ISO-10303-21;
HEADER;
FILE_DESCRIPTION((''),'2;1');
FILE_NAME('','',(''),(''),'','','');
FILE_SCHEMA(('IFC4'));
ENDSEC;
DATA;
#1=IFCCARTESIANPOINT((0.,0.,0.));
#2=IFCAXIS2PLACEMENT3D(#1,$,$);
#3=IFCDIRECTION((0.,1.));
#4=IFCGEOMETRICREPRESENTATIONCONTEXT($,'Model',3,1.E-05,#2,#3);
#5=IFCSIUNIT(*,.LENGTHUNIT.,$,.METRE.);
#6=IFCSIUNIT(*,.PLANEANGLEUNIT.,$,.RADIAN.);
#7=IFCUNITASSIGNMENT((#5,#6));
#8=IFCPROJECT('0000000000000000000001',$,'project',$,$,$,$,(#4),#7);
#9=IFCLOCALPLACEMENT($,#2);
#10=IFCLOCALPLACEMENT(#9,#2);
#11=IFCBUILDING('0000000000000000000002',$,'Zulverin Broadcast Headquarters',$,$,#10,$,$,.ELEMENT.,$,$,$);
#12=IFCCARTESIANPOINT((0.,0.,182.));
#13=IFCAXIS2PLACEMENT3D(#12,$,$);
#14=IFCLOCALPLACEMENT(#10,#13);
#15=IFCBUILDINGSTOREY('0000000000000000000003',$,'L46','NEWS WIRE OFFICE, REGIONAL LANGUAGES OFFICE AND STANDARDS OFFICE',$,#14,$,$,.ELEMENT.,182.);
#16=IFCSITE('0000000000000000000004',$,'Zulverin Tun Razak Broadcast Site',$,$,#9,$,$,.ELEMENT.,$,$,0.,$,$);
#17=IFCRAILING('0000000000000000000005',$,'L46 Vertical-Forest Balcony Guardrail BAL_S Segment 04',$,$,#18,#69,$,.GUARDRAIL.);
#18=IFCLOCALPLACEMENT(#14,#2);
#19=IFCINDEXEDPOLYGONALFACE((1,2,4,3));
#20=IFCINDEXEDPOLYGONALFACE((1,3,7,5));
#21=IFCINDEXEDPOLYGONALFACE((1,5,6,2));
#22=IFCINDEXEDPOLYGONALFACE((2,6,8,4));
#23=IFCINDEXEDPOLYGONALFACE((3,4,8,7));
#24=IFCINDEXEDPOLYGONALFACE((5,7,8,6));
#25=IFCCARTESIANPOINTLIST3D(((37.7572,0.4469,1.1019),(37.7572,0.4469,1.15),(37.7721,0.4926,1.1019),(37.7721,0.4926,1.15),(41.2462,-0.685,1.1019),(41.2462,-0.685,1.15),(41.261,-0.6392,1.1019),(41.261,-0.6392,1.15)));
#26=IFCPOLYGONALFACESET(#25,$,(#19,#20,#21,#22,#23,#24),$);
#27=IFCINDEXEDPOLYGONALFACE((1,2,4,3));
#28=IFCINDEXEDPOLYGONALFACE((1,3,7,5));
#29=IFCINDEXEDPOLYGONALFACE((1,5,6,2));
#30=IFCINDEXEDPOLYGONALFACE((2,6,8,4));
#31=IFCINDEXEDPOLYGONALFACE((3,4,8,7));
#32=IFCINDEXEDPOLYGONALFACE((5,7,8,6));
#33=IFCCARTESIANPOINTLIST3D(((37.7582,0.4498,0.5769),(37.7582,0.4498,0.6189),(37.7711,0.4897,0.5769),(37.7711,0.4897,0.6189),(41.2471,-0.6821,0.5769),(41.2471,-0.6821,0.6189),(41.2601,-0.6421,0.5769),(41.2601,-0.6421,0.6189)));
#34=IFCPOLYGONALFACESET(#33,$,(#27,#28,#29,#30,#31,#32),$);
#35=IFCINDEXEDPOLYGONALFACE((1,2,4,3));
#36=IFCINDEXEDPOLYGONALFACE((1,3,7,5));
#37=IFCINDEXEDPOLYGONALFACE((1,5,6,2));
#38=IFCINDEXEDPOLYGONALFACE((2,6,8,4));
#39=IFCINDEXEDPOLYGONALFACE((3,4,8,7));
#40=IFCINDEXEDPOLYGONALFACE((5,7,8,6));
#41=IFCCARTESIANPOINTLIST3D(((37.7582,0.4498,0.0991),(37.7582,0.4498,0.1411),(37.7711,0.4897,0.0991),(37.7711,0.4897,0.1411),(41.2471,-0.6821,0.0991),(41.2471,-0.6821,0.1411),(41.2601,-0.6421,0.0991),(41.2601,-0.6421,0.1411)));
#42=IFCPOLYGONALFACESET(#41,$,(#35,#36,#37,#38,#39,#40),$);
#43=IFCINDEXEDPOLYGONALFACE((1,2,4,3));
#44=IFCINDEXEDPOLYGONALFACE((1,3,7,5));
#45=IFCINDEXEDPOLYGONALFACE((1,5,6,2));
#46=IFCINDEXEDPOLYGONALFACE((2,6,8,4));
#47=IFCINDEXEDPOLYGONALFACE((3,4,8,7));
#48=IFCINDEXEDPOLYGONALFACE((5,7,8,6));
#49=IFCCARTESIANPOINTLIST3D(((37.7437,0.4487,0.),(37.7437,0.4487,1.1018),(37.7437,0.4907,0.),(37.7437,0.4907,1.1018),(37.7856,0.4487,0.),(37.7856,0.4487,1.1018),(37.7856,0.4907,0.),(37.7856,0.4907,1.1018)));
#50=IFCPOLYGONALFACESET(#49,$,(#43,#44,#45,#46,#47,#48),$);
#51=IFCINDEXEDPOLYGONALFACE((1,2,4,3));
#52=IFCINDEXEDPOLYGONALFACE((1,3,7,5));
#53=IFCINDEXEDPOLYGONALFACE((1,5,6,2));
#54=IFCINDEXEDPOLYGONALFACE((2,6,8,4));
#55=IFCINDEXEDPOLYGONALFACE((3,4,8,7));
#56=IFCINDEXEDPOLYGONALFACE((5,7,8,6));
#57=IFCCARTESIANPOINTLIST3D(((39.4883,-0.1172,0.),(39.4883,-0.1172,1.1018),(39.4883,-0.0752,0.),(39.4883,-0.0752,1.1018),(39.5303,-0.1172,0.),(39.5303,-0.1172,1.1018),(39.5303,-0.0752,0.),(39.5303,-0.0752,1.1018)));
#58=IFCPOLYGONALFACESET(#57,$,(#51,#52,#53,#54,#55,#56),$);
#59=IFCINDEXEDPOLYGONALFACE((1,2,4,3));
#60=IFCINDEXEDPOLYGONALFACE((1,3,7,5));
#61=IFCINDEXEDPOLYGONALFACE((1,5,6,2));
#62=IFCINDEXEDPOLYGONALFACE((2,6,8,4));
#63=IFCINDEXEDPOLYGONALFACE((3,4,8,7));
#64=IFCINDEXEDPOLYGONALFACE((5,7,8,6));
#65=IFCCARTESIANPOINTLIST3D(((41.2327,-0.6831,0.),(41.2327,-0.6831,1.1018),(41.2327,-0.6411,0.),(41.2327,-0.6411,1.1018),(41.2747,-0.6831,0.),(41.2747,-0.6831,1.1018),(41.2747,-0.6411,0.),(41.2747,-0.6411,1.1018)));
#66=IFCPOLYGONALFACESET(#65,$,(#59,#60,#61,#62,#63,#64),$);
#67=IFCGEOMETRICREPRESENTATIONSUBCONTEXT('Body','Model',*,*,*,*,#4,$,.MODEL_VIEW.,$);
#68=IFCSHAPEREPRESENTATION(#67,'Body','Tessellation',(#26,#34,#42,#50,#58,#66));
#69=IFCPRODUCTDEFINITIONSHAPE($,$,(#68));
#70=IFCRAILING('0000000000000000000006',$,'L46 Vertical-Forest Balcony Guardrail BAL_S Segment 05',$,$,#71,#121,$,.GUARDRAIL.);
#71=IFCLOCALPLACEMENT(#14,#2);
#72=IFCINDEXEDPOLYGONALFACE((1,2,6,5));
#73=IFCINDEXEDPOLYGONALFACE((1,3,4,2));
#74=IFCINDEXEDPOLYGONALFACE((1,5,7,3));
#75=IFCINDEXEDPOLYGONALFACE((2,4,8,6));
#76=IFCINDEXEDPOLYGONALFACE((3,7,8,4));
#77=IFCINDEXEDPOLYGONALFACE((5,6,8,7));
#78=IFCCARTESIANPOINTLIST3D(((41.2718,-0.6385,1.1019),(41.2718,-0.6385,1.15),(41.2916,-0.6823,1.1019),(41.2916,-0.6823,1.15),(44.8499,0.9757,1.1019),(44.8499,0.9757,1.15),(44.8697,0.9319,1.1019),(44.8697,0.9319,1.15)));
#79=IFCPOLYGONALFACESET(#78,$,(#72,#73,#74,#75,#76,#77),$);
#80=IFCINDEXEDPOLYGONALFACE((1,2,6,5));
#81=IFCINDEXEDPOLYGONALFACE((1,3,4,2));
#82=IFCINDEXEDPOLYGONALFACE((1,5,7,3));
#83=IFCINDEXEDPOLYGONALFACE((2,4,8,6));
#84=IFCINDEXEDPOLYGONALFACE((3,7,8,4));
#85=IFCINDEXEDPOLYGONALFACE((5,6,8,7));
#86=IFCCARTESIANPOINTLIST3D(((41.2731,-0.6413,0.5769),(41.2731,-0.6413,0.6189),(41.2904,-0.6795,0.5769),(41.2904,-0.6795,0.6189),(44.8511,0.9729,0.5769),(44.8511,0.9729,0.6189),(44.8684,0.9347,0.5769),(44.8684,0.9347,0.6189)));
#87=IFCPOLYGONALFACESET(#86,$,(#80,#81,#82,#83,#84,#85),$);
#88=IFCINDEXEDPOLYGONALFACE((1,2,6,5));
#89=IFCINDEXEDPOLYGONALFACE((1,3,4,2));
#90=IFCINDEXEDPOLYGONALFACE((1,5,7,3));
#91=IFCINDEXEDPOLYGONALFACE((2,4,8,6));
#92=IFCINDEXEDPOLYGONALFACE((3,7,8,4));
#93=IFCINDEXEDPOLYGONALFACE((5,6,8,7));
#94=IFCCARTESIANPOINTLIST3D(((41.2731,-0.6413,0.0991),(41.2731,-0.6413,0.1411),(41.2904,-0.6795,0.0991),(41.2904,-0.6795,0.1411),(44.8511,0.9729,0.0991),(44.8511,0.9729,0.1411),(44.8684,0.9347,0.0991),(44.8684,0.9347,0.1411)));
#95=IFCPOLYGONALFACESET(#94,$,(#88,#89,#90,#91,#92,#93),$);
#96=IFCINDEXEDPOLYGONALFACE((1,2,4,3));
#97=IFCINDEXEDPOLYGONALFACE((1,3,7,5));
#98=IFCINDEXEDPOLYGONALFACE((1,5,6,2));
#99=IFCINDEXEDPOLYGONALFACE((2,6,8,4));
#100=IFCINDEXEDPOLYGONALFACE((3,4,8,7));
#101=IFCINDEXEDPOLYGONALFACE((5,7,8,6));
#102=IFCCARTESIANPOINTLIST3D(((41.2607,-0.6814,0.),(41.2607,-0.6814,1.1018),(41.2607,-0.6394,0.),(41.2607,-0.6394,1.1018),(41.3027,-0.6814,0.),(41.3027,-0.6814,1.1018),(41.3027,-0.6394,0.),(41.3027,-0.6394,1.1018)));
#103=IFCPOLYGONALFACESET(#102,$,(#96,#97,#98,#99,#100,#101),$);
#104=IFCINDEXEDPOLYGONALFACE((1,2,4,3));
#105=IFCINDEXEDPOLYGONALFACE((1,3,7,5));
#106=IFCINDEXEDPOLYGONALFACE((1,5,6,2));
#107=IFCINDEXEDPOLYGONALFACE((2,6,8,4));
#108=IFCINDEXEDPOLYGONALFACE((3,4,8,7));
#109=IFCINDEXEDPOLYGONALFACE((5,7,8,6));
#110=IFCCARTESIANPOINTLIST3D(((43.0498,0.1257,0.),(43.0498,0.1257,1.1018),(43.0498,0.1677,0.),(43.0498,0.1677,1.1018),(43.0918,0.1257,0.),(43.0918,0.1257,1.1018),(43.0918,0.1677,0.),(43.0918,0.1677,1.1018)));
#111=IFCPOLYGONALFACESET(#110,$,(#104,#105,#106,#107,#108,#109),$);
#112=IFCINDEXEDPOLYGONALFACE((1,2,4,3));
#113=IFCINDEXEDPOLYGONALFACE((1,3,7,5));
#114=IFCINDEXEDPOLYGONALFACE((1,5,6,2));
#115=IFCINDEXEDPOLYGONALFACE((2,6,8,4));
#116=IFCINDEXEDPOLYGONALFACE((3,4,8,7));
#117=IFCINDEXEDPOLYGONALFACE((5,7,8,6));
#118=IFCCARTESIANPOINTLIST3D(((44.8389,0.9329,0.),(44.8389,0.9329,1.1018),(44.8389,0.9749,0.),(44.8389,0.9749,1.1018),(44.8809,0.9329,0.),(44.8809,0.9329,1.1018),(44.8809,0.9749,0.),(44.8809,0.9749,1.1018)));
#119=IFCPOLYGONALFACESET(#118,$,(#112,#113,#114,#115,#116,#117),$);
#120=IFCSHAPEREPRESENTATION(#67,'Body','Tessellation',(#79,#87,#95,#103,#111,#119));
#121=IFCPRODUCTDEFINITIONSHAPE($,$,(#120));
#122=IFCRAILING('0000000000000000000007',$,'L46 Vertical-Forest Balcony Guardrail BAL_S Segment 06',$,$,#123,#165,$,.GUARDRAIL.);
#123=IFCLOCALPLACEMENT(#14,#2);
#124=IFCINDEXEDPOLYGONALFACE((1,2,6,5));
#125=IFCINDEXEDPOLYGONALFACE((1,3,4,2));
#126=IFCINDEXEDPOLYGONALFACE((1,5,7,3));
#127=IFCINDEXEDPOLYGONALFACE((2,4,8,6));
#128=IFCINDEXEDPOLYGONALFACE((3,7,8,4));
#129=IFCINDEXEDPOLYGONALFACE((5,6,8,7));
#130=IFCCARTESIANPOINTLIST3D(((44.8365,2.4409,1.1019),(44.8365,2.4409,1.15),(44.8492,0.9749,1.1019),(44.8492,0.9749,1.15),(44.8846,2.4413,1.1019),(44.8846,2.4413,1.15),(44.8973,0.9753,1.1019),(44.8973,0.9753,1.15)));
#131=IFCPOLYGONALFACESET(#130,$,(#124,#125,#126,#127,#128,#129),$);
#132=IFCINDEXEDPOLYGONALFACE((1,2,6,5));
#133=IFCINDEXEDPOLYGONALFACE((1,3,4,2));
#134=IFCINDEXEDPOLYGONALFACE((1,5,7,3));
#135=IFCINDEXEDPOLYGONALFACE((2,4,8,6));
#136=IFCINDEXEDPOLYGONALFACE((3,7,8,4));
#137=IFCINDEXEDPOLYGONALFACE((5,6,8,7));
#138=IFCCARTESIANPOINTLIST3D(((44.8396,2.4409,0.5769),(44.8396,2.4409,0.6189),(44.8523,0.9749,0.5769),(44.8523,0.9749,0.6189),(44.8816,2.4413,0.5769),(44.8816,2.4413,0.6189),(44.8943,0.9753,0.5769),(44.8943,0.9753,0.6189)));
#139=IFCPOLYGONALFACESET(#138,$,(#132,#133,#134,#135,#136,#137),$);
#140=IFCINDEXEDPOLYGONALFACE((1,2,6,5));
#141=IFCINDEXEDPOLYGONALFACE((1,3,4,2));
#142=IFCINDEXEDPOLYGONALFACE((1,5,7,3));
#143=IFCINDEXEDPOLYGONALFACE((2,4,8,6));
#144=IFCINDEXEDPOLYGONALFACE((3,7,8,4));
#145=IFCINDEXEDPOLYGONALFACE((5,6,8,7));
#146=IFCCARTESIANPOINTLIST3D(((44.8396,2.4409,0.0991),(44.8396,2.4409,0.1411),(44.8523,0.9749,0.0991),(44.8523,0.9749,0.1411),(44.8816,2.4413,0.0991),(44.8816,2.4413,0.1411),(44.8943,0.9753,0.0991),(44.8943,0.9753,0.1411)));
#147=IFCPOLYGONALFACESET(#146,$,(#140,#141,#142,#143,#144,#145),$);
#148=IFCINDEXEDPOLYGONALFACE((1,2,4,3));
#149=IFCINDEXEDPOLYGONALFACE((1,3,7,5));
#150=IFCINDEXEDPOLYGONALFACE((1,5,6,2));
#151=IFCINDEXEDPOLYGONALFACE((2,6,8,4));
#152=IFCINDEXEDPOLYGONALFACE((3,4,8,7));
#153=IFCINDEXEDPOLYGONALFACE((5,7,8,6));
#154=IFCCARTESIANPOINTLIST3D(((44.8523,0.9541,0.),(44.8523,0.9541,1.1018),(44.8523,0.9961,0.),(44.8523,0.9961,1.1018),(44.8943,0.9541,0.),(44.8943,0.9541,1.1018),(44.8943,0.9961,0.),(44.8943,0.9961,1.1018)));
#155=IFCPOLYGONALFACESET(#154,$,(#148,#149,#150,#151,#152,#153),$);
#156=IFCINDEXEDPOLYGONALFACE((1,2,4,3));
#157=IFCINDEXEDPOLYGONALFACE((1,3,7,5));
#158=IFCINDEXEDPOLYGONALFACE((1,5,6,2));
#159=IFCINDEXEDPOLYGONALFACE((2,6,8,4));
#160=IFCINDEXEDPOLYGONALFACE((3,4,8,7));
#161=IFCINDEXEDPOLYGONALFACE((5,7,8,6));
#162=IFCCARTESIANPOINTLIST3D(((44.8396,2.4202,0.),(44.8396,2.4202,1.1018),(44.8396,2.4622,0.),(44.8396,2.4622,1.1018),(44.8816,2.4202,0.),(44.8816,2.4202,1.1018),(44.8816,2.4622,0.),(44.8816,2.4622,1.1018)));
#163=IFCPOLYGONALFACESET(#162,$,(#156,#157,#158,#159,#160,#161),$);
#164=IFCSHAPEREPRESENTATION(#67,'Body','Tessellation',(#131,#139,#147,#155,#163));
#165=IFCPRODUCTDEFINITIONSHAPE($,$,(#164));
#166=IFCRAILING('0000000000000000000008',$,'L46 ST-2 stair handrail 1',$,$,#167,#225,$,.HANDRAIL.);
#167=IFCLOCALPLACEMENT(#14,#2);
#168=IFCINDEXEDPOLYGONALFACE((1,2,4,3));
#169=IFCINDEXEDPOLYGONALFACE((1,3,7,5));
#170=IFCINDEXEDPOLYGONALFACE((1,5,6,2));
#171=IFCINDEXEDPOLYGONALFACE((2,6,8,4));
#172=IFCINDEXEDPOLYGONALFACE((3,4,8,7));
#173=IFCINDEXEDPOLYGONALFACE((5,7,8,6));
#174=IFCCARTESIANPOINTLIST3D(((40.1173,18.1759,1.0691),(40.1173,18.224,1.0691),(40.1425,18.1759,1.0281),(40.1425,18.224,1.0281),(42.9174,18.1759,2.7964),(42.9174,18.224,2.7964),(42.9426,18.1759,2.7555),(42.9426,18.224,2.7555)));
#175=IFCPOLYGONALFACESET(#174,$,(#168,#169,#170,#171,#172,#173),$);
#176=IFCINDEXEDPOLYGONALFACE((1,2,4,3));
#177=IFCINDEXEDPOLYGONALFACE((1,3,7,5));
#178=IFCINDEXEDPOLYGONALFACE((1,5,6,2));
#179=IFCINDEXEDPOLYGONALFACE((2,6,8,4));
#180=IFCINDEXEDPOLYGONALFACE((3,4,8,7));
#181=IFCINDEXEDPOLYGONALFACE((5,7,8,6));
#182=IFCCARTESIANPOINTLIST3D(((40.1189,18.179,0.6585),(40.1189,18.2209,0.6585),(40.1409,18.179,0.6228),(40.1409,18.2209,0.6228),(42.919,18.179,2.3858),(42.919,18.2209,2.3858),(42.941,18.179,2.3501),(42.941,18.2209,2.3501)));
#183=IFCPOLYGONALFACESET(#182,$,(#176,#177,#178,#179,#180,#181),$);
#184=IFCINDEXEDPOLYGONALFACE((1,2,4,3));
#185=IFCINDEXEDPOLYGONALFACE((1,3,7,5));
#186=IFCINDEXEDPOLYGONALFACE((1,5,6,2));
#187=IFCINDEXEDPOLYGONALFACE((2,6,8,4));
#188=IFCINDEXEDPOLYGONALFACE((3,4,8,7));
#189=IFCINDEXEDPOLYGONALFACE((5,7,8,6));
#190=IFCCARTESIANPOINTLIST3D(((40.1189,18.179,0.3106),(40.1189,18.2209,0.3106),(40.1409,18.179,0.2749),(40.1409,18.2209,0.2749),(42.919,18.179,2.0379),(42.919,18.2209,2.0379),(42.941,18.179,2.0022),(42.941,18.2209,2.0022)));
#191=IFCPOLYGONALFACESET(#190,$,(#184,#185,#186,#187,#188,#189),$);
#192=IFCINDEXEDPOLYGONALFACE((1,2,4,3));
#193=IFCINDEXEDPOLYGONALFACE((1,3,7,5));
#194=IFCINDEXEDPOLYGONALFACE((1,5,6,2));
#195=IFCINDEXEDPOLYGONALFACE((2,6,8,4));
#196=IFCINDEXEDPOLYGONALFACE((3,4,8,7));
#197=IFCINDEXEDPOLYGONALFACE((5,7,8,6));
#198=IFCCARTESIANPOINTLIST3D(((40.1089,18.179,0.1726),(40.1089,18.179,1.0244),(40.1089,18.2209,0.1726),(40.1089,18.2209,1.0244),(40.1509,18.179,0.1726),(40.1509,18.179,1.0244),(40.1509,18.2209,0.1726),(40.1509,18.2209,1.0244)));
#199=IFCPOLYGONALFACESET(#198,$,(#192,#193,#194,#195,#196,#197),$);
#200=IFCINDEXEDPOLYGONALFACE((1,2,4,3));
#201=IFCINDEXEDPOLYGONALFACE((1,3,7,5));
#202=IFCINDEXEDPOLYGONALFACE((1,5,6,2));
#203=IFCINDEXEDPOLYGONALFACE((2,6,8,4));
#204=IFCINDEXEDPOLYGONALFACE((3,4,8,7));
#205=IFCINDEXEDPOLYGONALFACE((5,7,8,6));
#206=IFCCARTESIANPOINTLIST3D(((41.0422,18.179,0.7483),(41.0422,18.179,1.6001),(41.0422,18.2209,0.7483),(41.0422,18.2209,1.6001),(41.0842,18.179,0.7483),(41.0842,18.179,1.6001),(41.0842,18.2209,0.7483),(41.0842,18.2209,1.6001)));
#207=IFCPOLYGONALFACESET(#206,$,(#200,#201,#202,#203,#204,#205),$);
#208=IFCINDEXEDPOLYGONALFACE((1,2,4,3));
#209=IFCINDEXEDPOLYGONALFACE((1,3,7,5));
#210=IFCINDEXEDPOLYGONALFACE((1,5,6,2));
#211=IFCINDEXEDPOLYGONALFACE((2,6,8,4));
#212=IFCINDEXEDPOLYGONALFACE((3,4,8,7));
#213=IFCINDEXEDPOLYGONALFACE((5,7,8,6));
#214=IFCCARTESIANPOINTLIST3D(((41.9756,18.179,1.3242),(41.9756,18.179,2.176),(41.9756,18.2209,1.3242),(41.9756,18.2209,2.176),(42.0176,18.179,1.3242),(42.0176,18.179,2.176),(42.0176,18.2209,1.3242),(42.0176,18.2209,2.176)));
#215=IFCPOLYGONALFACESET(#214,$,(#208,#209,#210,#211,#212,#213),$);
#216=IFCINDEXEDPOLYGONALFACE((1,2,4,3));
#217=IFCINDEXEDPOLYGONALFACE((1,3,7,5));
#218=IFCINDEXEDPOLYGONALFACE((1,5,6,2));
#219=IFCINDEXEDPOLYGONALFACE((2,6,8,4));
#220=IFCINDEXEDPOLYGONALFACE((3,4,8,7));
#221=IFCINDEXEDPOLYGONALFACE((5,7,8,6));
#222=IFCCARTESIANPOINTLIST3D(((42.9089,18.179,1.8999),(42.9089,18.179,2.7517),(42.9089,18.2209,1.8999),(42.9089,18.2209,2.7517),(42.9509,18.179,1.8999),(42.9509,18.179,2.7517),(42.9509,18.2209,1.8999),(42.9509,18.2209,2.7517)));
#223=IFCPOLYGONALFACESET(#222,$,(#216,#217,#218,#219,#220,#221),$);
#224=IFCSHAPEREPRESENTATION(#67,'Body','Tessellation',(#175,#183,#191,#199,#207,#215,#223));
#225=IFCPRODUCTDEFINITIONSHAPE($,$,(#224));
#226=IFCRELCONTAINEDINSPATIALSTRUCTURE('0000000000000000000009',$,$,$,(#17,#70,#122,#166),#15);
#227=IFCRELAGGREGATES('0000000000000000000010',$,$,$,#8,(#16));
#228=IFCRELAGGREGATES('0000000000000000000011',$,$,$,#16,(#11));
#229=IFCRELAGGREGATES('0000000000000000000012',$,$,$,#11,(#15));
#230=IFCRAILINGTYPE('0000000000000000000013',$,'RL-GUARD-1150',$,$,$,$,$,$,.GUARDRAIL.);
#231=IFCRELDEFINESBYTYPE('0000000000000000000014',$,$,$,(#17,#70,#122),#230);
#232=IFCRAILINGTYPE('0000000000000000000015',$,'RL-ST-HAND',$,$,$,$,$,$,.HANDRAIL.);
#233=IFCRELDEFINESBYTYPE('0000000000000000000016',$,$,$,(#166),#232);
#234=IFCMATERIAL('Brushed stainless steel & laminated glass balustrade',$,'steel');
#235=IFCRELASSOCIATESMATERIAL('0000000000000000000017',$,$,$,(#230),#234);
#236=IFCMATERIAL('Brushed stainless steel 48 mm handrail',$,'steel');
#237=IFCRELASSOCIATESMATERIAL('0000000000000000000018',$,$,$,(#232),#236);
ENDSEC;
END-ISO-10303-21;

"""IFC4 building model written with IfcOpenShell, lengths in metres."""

from ifc_helpers import new_model, si_unit, direction, frame, origin, origin_2d, place, context, subcontext, project, spatial, rectangle, extrude, material, type_object, element, save


model = new_model("IFC4")

# Units and contexts
model_context = context("Model", 3, precision=1e-05, world=origin(), true_north=direction((0.0, 1.0)))
body_context = subcontext(model_context, "Body", "Model", "MODEL_VIEW")
ifc_project = project(units=[si_unit("LENGTHUNIT", "METRE"), si_unit("PLANEANGLEUNIT", "RADIAN")], contexts=[model_context])

# Site, building, storey
site_placement = place(None, origin())
site = spatial("IfcSite", under=ifc_project, at=site_placement, Name="Zulverin Tun Razak Broadcast Site", CompositionType="ELEMENT", RefElevation=0.0)
building_placement = place(site_placement, origin())
building = spatial("IfcBuilding", under=site, at=building_placement, Name="Zulverin Broadcast Headquarters", CompositionType="ELEMENT")
storey_placement = place(building_placement, frame((0.0, 0.0, 182.0)))
storey = spatial("IfcBuildingStorey", under=building, at=storey_placement, Name="L46", Description="NEWS WIRE OFFICE, REGIONAL LANGUAGES OFFICE AND STANDARDS OFFICE", CompositionType="ELEMENT", Elevation=182.0)

# Railings
ifc_material_1 = material(Name="Brushed stainless steel & laminated glass balustrade", Category="steel")
railing_type_1 = type_object("IfcRailingType", Name="RL-GUARD-1150", PredefinedType="GUARDRAIL", material=ifc_material_1)
railing_1_placement = place(storey_placement, frame((37.7646, 0.4697, 0.0)))
element("IfcRailing", 1, at=railing_1_placement, inside=storey, type_object=railing_type_1, Name="L46 Vertical-Forest Balcony Guardrail BAL_S Segment 04", PredefinedType="GUARDRAIL", context=body_context, shape_type="SweptSolid", body=[
    extrude(rectangle(XDim=0.0481, YDim=0.0481, at=origin_2d()), frame((0.0, 0.0, 1.126), z_axis=(0.951202, -0.30857, 0.0), x_axis=(0.30857, 0.951202, 0.0)), (0.0, 0.0, 1.0), 3.668),
    extrude(rectangle(XDim=0.042, YDim=0.042, at=origin_2d()), frame((0.0, 0.0, 0.5979), z_axis=(0.951202, -0.30857, 0.0), x_axis=(0.30857, 0.951202, 0.0)), (0.0, 0.0, 1.0), 3.668),
    extrude(rectangle(XDim=0.042, YDim=0.042, at=origin_2d()), frame((0.0, 0.0, 0.1201), z_axis=(0.951202, -0.30857, 0.0), x_axis=(0.30857, 0.951202, 0.0)), (0.0, 0.0, 1.0), 3.668),
    extrude(rectangle(XDim=0.042, YDim=0.042, at=origin_2d()), origin(), (0.0, 0.0, 1.0), 1.1018),
    extrude(rectangle(XDim=0.042, YDim=0.042, at=origin_2d()), frame((1.7446, -0.5659, 0.0)), (0.0, 0.0, 1.0), 1.1018),
    extrude(rectangle(XDim=0.042, YDim=0.042, at=origin_2d()), frame((3.489, -1.1318, 0.0)), (0.0, 0.0, 1.0), 1.1018),
])
railing_2_placement = place(storey_placement, frame((41.2817, -0.6604, 0.0)))
element("IfcRailing", 2, at=railing_2_placement, inside=storey, type_object=railing_type_1, Name="L46 Vertical-Forest Balcony Guardrail BAL_S Segment 05", PredefinedType="GUARDRAIL", context=body_context, shape_type="SweptSolid", body=[
    extrude(rectangle(XDim=0.0481, YDim=0.0481, at=origin_2d()), frame((0.0, 0.0, 1.126), z_axis=(0.91153, 0.411233, 0.0), x_axis=(-0.411233, 0.91153, 0.0)), (0.0, 0.0, 1.0), 3.9253),
    extrude(rectangle(XDim=0.042, YDim=0.042, at=origin_2d()), frame((0.0, 0.0, 0.5979), z_axis=(0.91153, 0.411233, 0.0), x_axis=(-0.411233, 0.91153, 0.0)), (0.0, 0.0, 1.0), 3.9253),
    extrude(rectangle(XDim=0.042, YDim=0.042, at=origin_2d()), frame((0.0, 0.0, 0.1201), z_axis=(0.91153, 0.411233, 0.0), x_axis=(-0.411233, 0.91153, 0.0)), (0.0, 0.0, 1.0), 3.9253),
    extrude(rectangle(XDim=0.042, YDim=0.042, at=origin_2d()), origin(), (0.0, 0.0, 1.0), 1.1018),
    extrude(rectangle(XDim=0.042, YDim=0.042, at=origin_2d()), frame((1.7891, 0.8071, 0.0)), (0.0, 0.0, 1.0), 1.1018),
    extrude(rectangle(XDim=0.042, YDim=0.042, at=origin_2d()), frame((3.5781, 1.6143, 0.0)), (0.0, 0.0, 1.0), 1.1018),
])
railing_3_placement = place(storey_placement, frame((44.8733, 0.9751, 0.0)))
element("IfcRailing", 3, at=railing_3_placement, inside=storey, type_object=railing_type_1, Name="L46 Vertical-Forest Balcony Guardrail BAL_S Segment 06", PredefinedType="GUARDRAIL", context=body_context, shape_type="SweptSolid", body=[
    extrude(rectangle(XDim=0.0481, YDim=0.0481, at=origin_2d()), frame((0.0, 0.0, 1.126), z_axis=(-0.008659, 0.999963, 0.0), x_axis=(-0.999963, -0.008659, 0.0)), (0.0, 0.0, 1.0), 1.4661),
    extrude(rectangle(XDim=0.042, YDim=0.042, at=origin_2d()), frame((0.0, 0.0, 0.5979), z_axis=(-0.008659, 0.999963, 0.0), x_axis=(-0.999963, -0.008659, 0.0)), (0.0, 0.0, 1.0), 1.4661),
    extrude(rectangle(XDim=0.042, YDim=0.042, at=origin_2d()), frame((0.0, 0.0, 0.1201), z_axis=(-0.008659, 0.999963, 0.0), x_axis=(-0.999963, -0.008659, 0.0)), (0.0, 0.0, 1.0), 1.4661),
    extrude(rectangle(XDim=0.042, YDim=0.042, at=origin_2d()), origin(), (0.0, 0.0, 1.0), 1.1018),
    extrude(rectangle(XDim=0.042, YDim=0.042, at=origin_2d()), frame((-0.0127, 1.4661, 0.0)), (0.0, 0.0, 1.0), 1.1018),
])
ifc_material_2 = material(Name="Brushed stainless steel 48 mm handrail", Category="steel")
railing_type_2 = type_object("IfcRailingType", Name="RL-ST-HAND", PredefinedType="HANDRAIL", material=ifc_material_2)
railing_4_placement = place(storey_placement, frame((40.1299, 18.2, 0.1726)))
element("IfcRailing", 4, at=railing_4_placement, inside=storey, type_object=railing_type_2, Name="L46 ST-2 stair handrail 1", PredefinedType="HANDRAIL", context=body_context, shape_type="SweptSolid", body=[
    extrude(rectangle(XDim=0.0481, YDim=0.0481, at=origin_2d()), frame((0.0, 0.0, 0.876), z_axis=(0.85109, 0.0, 0.52502), x_axis=(0.0, 1.0, 0.0)), (0.0, 0.0, 1.0), 3.29),
    extrude(rectangle(XDim=0.042, YDim=0.042, at=origin_2d()), frame((0.0, 0.0, 0.468), z_axis=(0.85109, 0.0, 0.52502), x_axis=(0.0, 1.0, 0.0)), (0.0, 0.0, 1.0), 3.29),
    extrude(rectangle(XDim=0.042, YDim=0.042, at=origin_2d()), frame((0.0, 0.0, 0.1201), z_axis=(0.85109, 0.0, 0.52502), x_axis=(0.0, 1.0, 0.0)), (0.0, 0.0, 1.0), 3.29),
    extrude(rectangle(XDim=0.042, YDim=0.042, at=origin_2d()), origin(), (0.0, 0.0, 1.0), 0.8518),
    extrude(rectangle(XDim=0.042, YDim=0.042, at=origin_2d()), frame((0.9333, 0.0, 0.5757)), (0.0, 0.0, 1.0), 0.8518),
    extrude(rectangle(XDim=0.042, YDim=0.042, at=origin_2d()), frame((1.8667, 0.0, 1.1516)), (0.0, 0.0, 1.0), 0.8518),
    extrude(rectangle(XDim=0.042, YDim=0.042, at=origin_2d()), frame((2.8, 0.0, 1.7273)), (0.0, 0.0, 1.0), 0.8518),
])

save(model, "model.ifc")
